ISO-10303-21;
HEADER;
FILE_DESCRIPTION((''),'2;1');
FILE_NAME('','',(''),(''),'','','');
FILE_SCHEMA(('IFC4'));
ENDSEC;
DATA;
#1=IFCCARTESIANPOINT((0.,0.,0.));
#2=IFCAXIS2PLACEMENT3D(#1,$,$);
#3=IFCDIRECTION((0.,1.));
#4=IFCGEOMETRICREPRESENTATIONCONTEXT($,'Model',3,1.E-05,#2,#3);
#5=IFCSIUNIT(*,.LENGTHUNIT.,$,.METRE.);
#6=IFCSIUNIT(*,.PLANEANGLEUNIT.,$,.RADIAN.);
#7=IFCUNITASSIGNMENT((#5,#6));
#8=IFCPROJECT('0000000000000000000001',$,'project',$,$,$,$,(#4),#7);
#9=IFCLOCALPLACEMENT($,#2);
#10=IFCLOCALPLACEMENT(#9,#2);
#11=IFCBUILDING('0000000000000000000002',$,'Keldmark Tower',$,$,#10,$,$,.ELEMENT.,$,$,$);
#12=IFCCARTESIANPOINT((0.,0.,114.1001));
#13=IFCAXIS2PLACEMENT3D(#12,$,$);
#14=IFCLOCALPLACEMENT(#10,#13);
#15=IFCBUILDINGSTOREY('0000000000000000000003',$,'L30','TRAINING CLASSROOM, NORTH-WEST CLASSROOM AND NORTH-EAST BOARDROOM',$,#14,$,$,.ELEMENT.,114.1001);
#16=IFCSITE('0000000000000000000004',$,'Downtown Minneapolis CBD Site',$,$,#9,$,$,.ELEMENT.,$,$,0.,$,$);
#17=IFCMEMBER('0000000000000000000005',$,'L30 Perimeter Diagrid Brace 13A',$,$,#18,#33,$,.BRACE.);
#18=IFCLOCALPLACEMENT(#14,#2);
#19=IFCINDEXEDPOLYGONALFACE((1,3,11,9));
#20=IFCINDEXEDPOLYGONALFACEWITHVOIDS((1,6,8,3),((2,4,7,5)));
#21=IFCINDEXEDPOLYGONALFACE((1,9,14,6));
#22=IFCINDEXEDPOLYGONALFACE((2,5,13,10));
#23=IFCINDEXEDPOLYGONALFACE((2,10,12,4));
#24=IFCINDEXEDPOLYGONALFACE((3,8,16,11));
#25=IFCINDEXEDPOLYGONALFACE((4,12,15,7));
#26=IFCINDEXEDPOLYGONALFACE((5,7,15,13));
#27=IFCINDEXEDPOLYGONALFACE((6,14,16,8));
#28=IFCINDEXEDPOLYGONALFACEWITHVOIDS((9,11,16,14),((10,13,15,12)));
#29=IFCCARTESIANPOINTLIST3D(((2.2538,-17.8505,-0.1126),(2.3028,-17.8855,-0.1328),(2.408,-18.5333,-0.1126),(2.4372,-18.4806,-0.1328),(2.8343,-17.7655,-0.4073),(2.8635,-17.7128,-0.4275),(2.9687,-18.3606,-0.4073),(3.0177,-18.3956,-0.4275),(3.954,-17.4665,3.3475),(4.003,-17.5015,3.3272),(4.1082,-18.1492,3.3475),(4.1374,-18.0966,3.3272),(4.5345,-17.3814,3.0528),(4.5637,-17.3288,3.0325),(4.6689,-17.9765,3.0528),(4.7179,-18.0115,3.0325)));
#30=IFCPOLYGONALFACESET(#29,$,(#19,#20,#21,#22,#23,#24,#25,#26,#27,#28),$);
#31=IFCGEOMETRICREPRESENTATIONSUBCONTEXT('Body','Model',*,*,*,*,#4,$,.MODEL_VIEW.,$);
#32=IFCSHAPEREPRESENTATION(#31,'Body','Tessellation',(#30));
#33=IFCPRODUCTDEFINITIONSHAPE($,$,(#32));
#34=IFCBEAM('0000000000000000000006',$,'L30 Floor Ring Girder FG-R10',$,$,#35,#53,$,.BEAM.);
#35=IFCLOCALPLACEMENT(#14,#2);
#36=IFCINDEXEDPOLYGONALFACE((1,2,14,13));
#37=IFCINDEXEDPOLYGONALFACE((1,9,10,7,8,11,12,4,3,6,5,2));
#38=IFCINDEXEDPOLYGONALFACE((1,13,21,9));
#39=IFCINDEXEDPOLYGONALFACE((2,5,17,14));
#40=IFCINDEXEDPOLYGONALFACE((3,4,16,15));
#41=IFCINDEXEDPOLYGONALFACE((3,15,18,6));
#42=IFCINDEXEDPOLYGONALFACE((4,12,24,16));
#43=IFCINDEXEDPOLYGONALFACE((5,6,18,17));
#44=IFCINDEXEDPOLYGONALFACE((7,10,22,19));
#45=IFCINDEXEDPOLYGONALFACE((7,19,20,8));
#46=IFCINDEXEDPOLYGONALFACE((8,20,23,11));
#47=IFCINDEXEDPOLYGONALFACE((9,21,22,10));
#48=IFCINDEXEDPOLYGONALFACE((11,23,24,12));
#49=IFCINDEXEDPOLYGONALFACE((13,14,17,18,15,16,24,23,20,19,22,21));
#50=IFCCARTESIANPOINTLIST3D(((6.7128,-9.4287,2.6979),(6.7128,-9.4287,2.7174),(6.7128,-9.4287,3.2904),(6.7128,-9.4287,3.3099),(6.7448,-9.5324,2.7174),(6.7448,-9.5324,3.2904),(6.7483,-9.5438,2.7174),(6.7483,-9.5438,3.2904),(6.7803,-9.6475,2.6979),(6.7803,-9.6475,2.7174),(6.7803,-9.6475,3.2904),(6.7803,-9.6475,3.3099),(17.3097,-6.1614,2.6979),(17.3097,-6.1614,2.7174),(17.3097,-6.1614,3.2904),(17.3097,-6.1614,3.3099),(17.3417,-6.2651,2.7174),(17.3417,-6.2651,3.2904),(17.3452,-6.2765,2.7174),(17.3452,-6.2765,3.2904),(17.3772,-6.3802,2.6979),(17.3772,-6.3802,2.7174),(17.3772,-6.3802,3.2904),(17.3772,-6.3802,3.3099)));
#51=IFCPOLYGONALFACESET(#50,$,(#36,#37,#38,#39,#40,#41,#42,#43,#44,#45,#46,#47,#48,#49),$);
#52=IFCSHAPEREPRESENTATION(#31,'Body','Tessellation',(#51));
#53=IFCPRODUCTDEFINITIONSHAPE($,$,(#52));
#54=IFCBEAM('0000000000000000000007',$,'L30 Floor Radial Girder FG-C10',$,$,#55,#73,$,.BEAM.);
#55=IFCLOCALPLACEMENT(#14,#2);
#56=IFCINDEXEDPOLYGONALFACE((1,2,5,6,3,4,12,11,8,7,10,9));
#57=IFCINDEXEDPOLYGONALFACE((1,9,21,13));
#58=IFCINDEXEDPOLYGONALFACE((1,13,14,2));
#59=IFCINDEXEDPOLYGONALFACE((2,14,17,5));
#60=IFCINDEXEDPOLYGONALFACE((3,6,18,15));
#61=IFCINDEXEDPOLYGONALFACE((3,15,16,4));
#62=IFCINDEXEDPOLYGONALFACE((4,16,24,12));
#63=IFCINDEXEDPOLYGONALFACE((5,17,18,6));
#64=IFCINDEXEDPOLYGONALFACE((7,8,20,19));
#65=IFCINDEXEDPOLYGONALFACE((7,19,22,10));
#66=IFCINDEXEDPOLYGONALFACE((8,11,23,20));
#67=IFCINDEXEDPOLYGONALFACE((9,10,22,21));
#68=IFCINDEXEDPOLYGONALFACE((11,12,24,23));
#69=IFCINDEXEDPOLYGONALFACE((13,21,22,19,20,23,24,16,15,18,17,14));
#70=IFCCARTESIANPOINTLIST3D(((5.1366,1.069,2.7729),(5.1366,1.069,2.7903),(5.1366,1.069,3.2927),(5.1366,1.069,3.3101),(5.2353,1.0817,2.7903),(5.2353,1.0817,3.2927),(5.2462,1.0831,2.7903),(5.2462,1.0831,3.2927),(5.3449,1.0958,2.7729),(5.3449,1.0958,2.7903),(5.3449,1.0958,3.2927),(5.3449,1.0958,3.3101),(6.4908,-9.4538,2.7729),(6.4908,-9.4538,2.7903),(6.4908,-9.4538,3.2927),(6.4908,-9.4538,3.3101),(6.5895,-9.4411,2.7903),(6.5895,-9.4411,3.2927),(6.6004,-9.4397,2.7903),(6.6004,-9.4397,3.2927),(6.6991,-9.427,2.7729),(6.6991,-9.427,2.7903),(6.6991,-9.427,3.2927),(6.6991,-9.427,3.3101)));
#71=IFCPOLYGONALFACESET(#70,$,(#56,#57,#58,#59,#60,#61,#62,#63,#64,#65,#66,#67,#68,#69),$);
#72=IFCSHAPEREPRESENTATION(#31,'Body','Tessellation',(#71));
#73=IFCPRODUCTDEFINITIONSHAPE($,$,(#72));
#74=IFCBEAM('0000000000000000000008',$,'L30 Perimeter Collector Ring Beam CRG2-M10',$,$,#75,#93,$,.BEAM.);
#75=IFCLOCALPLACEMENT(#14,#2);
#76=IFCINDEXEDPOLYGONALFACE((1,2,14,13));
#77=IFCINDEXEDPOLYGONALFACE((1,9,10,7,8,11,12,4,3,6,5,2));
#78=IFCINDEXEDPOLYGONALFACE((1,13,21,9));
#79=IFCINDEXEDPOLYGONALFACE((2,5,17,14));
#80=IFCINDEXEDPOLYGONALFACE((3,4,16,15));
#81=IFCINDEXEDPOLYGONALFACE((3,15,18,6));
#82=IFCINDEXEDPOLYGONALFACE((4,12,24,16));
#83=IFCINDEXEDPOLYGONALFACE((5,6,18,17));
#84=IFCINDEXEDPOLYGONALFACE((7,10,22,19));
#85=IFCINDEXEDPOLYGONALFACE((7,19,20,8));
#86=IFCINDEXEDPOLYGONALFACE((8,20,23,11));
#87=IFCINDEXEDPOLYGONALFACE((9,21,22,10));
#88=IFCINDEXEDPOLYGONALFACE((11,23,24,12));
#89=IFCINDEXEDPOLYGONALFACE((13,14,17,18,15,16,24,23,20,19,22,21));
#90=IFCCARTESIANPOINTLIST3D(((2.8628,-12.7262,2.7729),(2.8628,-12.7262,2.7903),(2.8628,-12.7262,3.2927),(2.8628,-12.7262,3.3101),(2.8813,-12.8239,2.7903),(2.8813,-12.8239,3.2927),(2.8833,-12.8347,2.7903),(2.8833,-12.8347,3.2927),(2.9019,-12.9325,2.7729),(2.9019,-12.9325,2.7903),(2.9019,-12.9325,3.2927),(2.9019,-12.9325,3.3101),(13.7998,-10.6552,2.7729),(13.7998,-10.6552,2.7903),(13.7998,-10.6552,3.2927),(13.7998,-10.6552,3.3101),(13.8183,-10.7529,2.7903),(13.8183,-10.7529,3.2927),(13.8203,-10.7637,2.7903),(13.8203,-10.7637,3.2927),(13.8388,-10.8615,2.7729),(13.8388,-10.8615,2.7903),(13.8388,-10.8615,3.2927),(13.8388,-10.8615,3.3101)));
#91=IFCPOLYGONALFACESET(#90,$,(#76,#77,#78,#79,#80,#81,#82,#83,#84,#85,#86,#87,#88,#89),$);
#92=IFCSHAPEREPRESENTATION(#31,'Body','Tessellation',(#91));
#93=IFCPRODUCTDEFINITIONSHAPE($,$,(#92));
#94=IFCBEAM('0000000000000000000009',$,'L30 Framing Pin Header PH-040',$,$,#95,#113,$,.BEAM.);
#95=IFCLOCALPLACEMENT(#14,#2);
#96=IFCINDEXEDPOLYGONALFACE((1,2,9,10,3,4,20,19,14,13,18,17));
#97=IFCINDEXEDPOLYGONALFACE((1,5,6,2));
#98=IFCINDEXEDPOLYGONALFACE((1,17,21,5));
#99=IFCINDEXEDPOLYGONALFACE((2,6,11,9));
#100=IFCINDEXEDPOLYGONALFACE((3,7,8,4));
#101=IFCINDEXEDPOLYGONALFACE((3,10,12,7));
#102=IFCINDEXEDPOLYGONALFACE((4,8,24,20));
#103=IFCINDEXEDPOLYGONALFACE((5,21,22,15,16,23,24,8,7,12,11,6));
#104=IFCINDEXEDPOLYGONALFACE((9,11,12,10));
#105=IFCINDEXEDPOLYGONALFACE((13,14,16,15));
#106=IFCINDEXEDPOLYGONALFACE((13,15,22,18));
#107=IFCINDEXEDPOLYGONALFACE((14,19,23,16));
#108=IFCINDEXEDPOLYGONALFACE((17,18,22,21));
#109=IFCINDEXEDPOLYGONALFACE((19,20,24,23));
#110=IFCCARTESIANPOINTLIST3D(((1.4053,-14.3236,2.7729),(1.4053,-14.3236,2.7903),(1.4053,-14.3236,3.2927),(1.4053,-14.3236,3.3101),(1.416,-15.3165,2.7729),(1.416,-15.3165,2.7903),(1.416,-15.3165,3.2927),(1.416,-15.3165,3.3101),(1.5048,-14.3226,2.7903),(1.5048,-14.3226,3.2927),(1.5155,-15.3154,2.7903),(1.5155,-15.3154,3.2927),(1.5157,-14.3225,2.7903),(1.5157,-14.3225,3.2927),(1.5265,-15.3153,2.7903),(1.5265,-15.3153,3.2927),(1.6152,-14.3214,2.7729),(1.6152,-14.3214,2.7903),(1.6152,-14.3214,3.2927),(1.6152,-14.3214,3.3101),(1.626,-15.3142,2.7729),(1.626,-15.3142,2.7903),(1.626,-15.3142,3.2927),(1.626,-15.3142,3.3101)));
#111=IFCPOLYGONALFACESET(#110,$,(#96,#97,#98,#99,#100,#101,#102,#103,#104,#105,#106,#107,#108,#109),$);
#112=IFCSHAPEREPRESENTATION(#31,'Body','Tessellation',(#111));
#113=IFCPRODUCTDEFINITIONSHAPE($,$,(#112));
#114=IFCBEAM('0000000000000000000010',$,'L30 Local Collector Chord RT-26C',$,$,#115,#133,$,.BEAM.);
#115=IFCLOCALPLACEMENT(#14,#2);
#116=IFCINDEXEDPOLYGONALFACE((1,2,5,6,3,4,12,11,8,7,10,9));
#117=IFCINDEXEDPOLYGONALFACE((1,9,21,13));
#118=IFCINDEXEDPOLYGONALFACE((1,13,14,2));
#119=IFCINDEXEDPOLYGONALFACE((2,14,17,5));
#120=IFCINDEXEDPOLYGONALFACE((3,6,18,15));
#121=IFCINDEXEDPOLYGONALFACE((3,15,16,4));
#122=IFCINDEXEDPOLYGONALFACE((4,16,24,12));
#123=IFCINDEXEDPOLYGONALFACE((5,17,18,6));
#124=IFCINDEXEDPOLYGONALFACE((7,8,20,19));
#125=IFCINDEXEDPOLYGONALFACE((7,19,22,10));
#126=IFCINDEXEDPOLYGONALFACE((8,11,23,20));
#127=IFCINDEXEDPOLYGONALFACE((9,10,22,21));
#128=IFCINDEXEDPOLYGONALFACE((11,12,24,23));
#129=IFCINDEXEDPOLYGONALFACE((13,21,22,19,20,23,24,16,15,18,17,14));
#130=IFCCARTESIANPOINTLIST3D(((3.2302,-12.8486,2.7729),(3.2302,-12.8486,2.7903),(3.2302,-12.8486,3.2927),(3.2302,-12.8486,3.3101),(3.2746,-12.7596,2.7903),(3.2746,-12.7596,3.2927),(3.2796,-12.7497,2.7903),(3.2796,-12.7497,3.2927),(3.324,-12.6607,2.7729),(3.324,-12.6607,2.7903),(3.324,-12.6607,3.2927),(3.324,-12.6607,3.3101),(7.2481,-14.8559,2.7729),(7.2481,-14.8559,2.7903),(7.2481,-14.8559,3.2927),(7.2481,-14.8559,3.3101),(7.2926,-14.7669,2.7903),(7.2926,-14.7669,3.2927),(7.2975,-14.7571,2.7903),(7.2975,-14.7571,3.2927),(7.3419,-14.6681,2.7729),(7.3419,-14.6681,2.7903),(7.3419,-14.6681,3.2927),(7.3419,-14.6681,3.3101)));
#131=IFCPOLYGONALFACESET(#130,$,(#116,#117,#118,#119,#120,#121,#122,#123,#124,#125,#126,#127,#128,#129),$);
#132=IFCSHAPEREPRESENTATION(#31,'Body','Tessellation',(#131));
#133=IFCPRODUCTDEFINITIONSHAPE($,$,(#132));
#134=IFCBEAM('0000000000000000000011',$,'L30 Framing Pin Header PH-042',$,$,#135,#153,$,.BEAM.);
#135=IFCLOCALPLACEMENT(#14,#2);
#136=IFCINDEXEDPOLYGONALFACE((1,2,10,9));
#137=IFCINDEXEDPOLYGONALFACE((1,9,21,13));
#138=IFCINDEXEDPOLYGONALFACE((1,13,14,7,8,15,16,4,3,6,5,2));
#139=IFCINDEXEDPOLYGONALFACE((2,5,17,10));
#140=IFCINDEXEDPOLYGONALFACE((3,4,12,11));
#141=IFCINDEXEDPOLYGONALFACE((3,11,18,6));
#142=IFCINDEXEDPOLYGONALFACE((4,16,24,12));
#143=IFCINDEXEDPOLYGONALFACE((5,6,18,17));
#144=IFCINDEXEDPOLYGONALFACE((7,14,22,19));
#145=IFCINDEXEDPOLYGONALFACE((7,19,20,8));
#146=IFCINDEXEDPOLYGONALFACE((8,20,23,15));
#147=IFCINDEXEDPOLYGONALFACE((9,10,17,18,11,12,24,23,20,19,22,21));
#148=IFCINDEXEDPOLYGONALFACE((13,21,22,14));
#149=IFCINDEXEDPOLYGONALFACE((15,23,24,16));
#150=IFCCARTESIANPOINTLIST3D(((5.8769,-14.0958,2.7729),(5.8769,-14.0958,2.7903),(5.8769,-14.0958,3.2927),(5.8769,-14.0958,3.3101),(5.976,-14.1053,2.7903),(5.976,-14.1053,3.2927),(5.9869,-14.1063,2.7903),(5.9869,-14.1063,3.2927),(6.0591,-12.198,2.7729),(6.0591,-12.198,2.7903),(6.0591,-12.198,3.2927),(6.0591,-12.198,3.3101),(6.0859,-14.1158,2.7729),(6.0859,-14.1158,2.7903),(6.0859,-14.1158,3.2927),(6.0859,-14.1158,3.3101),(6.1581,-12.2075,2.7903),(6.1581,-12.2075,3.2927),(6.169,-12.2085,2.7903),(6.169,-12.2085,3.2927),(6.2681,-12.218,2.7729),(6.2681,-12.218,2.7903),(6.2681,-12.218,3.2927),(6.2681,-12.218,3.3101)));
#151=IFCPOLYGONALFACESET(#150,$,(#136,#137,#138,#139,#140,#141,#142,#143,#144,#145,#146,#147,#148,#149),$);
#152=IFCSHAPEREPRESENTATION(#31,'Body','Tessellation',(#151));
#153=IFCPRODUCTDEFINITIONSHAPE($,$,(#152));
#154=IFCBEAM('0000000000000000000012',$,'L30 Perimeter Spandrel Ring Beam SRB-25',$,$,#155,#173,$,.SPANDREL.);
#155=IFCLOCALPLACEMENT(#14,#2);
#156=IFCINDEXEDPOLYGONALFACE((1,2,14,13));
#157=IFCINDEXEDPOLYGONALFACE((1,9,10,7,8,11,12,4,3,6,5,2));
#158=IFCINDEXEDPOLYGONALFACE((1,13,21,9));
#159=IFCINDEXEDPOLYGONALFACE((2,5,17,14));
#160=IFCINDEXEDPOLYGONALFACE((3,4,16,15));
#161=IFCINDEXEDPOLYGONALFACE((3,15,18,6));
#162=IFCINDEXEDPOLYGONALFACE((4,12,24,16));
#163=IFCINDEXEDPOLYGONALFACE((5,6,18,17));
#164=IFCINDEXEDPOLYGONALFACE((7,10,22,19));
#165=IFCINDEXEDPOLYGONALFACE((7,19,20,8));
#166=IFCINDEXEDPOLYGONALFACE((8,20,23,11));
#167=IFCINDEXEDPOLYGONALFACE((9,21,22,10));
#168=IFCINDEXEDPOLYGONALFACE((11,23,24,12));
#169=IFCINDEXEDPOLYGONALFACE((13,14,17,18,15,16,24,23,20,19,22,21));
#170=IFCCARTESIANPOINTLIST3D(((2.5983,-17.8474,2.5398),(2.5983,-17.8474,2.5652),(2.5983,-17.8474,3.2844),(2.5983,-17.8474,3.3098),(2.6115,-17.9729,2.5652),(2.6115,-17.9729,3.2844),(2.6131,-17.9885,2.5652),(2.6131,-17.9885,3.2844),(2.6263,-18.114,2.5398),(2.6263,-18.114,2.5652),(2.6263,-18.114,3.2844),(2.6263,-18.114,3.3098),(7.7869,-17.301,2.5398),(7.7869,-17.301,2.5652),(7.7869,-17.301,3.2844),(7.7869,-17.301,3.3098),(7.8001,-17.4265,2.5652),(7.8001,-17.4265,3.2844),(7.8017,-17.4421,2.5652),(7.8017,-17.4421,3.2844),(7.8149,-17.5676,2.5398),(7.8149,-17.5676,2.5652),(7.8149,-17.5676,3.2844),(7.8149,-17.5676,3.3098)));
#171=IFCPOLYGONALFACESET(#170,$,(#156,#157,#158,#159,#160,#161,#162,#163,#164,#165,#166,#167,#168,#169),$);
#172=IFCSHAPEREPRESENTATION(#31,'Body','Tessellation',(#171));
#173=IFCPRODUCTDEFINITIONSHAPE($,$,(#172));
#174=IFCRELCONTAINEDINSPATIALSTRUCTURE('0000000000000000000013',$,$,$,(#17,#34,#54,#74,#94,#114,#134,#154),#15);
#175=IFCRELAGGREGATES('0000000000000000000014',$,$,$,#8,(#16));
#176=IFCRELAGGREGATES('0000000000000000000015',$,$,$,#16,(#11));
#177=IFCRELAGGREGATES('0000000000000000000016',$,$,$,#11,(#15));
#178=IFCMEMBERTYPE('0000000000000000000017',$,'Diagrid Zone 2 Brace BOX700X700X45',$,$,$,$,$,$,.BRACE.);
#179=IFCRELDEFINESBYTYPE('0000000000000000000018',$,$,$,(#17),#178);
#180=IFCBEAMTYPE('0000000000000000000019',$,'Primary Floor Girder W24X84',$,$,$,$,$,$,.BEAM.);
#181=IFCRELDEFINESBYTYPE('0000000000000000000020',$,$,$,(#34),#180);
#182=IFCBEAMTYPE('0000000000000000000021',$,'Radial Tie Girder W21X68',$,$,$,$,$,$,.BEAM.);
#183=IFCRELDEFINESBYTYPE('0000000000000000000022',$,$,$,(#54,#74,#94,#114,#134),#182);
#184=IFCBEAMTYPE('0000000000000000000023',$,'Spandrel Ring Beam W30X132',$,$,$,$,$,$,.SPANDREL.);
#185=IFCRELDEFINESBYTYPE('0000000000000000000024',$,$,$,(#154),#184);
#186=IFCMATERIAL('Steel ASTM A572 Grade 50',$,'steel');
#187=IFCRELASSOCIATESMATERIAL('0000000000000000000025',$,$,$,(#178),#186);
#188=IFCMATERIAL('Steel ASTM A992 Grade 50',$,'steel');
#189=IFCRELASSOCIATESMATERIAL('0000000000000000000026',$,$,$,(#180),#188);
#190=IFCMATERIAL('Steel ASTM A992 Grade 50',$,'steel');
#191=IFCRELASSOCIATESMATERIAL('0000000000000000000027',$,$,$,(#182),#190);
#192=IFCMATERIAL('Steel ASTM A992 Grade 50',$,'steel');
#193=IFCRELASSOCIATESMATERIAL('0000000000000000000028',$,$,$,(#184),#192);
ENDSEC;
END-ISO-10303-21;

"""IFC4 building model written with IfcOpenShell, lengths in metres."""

from ifc_helpers import new_model, si_unit, direction, frame, origin, origin_2d, place, context, subcontext, project, spatial, hollow_rectangle, i_section, extrude, material, material_profile, profile_set, type_object, element, save


model = new_model("IFC4")

# Units and contexts
model_context = context("Model", 3, precision=1e-05, world=origin(), true_north=direction((0.0, 1.0)))
body_context = subcontext(model_context, "Body", "Model", "MODEL_VIEW")
ifc_project = project(units=[si_unit("LENGTHUNIT", "METRE"), si_unit("PLANEANGLEUNIT", "RADIAN")], contexts=[model_context])

# Site, building, storey
site_placement = place(None, origin())
site = spatial("IfcSite", under=ifc_project, at=site_placement, Name="Downtown Minneapolis CBD Site", CompositionType="ELEMENT", RefElevation=0.0)
building_placement = place(site_placement, origin())
building = spatial("IfcBuilding", under=site, at=building_placement, Name="Keldmark Tower", CompositionType="ELEMENT")
storey_placement = place(building_placement, frame((0.0, 0.0, 114.1001)))
storey = spatial("IfcBuildingStorey", under=building, at=storey_placement, Name="L30", Description="TRAINING CLASSROOM, NORTH-WEST CLASSROOM AND NORTH-EAST BOARDROOM", CompositionType="ELEMENT", Elevation=114.1001)

# Member
ifc_material_1 = material(Name="Steel ASTM A572 Grade 50", Category="steel")
ifc_material_profile_1 = material_profile(ifc_material_1, hollow_rectangle(XDim=0.7, YDim=0.7, WallThickness=0.0449, at=origin_2d()), Name="BOX700X700X45")
ifc_profile_set_1 = profile_set([ifc_material_profile_1], Name="Steel ASTM A572 Grade 50")
member_type_1 = type_object("IfcMemberType", Name="Diagrid Zone 2 Brace BOX700X700X45", PredefinedType="BRACE", material=ifc_profile_set_1)
member_1_placement = place(storey_placement, frame((2.6357, -18.123, -0.27), z_axis=(0.43885, 0.099126, 0.893076), x_axis=(-0.220325, 0.975426, 0.0)))
element("IfcMember", 1, at=member_1_placement, inside=storey, type_object=member_type_1, Name="L30 Perimeter Diagrid Brace 13A", PredefinedType="BRACE", context=body_context, shape_type="SweptSolid", body=[
    extrude(hollow_rectangle(XDim=0.7, YDim=0.7, WallThickness=0.0449, at=origin_2d()), origin(), (0.0, 0.0, 1.0), 3.8743),
])

# Beams
ifc_material_2 = material(Name="Steel ASTM A992 Grade 50", Category="steel")
ifc_material_profile_2 = material_profile(ifc_material_2, i_section(OverallWidth=0.229, OverallDepth=0.6121, WebThickness=0.012, FlangeThickness=0.0195, at=origin_2d()), Name="W24X84")
ifc_profile_set_2 = profile_set([ifc_material_profile_2], Name="Steel ASTM A992 Grade 50")
beam_type_1 = type_object("IfcBeamType", Name="Primary Floor Girder W24X84", PredefinedType="BEAM", material=ifc_profile_set_2)
beam_1_placement = place(storey_placement, frame((6.7466, -9.5381, 3.0039), z_axis=(0.955608, 0.294641, 0.0), x_axis=(-0.294641, 0.955608, 0.0)))
element("IfcBeam", 2, at=beam_1_placement, inside=storey, type_object=beam_type_1, Name="L30 Floor Ring Girder FG-R10", PredefinedType="BEAM", context=body_context, shape_type="SweptSolid", body=[
    extrude(i_section(OverallWidth=0.229, OverallDepth=0.6121, WebThickness=0.012, FlangeThickness=0.0195, at=origin_2d()), origin(), (0.0, 0.0, 1.0), 11.0891),
])
ifc_material_3 = material(Name="Steel ASTM A992 Grade 50", Category="steel")
ifc_material_profile_3 = material_profile(ifc_material_3, i_section(OverallWidth=0.21, OverallDepth=0.5371, WebThickness=0.011, FlangeThickness=0.0173, at=origin_2d()), Name="W21X68")
ifc_profile_set_3 = profile_set([ifc_material_profile_3], Name="Steel ASTM A992 Grade 50")
beam_type_2 = type_object("IfcBeamType", Name="Radial Tie Girder W21X68", PredefinedType="BEAM", material=ifc_profile_set_3)
beam_2_placement = place(storey_placement, frame((6.595, -9.4404, 3.0415), z_axis=(-0.127642, 0.99182, 0.0), x_axis=(-0.99182, -0.127642, 0.0)))
element("IfcBeam", 3, at=beam_2_placement, inside=storey, type_object=beam_type_2, Name="L30 Floor Radial Girder FG-C10", PredefinedType="BEAM", context=body_context, shape_type="SweptSolid", body=[
    extrude(i_section(OverallWidth=0.21, OverallDepth=0.5371, WebThickness=0.011, FlangeThickness=0.0173, at=origin_2d()), origin(), (0.0, 0.0, 1.0), 10.6096),
])
beam_3_placement = place(storey_placement, frame((2.8823, -12.8293, 3.0415), z_axis=(0.982539, 0.186055, 0.0), x_axis=(-0.186055, 0.982539, 0.0)))
element("IfcBeam", 4, at=beam_3_placement, inside=storey, type_object=beam_type_2, Name="L30 Perimeter Collector Ring Beam CRG2-M10", PredefinedType="BEAM", context=body_context, shape_type="SweptSolid", body=[
    extrude(i_section(OverallWidth=0.21, OverallDepth=0.5371, WebThickness=0.011, FlangeThickness=0.0173, at=origin_2d()), origin(), (0.0, 0.0, 1.0), 11.1313),
])
beam_4_placement = place(storey_placement, frame((1.5103, -14.3225, 3.0415), z_axis=(0.010818, -0.999941, 0.0), x_axis=(0.999941, 0.010818, 0.0)))
element("IfcBeam", 5, at=beam_4_placement, inside=storey, type_object=beam_type_2, Name="L30 Framing Pin Header PH-040", PredefinedType="BEAM", context=body_context, shape_type="SweptSolid", body=[
    extrude(i_section(OverallWidth=0.21, OverallDepth=0.5371, WebThickness=0.011, FlangeThickness=0.0173, at=origin_2d()), origin(), (0.0, 0.0, 1.0), 0.9929),
])
beam_5_placement = place(storey_placement, frame((3.2771, -12.7546, 3.0415), z_axis=(0.894568, -0.446931, 0.0), x_axis=(0.446931, 0.894568, 0.0)))
element("IfcBeam", 6, at=beam_5_placement, inside=storey, type_object=beam_type_2, Name="L30 Local Collector Chord RT-26C", PredefinedType="BEAM", context=body_context, shape_type="SweptSolid", body=[
    extrude(i_section(OverallWidth=0.21, OverallDepth=0.5371, WebThickness=0.011, FlangeThickness=0.0173, at=origin_2d()), origin(), (0.0, 0.0, 1.0), 4.4915),
])
beam_6_placement = place(storey_placement, frame((6.1636, -12.208, 3.0415), z_axis=(-0.095534, -0.995426, 0.0), x_axis=(0.995426, -0.095534, 0.0)))
element("IfcBeam", 7, at=beam_6_placement, inside=storey, type_object=beam_type_2, Name="L30 Framing Pin Header PH-042", PredefinedType="BEAM", context=body_context, shape_type="SweptSolid", body=[
    extrude(i_section(OverallWidth=0.21, OverallDepth=0.5371, WebThickness=0.011, FlangeThickness=0.0173, at=origin_2d()), origin(), (0.0, 0.0, 1.0), 1.9065),
])
ifc_material_4 = material(Name="Steel ASTM A992 Grade 50", Category="steel")
ifc_material_profile_4 = material_profile(ifc_material_4, i_section(OverallWidth=0.2681, OverallDepth=0.77, WebThickness=0.0156, FlangeThickness=0.0254, at=origin_2d()), Name="W30X132")
ifc_profile_set_4 = profile_set([ifc_material_profile_4], Name="Steel ASTM A992 Grade 50")
beam_type_3 = type_object("IfcBeamType", Name="Spandrel Ring Beam W30X132", PredefinedType="SPANDREL", material=ifc_profile_set_4)
beam_7_placement = place(storey_placement, frame((2.6123, -17.9807, 2.9248), z_axis=(0.994501, 0.104729, 0.0), x_axis=(-0.104729, 0.994501, 0.0)))
element("IfcBeam", 8, at=beam_7_placement, inside=storey, type_object=beam_type_3, Name="L30 Perimeter Spandrel Ring Beam SRB-25", PredefinedType="SPANDREL", context=body_context, shape_type="SweptSolid", body=[
    extrude(i_section(OverallWidth=0.2681, OverallDepth=0.77, WebThickness=0.0156, FlangeThickness=0.0254, at=origin_2d()), origin(), (0.0, 0.0, 1.0), 5.2173),
])

save(model, "model.ifc")
